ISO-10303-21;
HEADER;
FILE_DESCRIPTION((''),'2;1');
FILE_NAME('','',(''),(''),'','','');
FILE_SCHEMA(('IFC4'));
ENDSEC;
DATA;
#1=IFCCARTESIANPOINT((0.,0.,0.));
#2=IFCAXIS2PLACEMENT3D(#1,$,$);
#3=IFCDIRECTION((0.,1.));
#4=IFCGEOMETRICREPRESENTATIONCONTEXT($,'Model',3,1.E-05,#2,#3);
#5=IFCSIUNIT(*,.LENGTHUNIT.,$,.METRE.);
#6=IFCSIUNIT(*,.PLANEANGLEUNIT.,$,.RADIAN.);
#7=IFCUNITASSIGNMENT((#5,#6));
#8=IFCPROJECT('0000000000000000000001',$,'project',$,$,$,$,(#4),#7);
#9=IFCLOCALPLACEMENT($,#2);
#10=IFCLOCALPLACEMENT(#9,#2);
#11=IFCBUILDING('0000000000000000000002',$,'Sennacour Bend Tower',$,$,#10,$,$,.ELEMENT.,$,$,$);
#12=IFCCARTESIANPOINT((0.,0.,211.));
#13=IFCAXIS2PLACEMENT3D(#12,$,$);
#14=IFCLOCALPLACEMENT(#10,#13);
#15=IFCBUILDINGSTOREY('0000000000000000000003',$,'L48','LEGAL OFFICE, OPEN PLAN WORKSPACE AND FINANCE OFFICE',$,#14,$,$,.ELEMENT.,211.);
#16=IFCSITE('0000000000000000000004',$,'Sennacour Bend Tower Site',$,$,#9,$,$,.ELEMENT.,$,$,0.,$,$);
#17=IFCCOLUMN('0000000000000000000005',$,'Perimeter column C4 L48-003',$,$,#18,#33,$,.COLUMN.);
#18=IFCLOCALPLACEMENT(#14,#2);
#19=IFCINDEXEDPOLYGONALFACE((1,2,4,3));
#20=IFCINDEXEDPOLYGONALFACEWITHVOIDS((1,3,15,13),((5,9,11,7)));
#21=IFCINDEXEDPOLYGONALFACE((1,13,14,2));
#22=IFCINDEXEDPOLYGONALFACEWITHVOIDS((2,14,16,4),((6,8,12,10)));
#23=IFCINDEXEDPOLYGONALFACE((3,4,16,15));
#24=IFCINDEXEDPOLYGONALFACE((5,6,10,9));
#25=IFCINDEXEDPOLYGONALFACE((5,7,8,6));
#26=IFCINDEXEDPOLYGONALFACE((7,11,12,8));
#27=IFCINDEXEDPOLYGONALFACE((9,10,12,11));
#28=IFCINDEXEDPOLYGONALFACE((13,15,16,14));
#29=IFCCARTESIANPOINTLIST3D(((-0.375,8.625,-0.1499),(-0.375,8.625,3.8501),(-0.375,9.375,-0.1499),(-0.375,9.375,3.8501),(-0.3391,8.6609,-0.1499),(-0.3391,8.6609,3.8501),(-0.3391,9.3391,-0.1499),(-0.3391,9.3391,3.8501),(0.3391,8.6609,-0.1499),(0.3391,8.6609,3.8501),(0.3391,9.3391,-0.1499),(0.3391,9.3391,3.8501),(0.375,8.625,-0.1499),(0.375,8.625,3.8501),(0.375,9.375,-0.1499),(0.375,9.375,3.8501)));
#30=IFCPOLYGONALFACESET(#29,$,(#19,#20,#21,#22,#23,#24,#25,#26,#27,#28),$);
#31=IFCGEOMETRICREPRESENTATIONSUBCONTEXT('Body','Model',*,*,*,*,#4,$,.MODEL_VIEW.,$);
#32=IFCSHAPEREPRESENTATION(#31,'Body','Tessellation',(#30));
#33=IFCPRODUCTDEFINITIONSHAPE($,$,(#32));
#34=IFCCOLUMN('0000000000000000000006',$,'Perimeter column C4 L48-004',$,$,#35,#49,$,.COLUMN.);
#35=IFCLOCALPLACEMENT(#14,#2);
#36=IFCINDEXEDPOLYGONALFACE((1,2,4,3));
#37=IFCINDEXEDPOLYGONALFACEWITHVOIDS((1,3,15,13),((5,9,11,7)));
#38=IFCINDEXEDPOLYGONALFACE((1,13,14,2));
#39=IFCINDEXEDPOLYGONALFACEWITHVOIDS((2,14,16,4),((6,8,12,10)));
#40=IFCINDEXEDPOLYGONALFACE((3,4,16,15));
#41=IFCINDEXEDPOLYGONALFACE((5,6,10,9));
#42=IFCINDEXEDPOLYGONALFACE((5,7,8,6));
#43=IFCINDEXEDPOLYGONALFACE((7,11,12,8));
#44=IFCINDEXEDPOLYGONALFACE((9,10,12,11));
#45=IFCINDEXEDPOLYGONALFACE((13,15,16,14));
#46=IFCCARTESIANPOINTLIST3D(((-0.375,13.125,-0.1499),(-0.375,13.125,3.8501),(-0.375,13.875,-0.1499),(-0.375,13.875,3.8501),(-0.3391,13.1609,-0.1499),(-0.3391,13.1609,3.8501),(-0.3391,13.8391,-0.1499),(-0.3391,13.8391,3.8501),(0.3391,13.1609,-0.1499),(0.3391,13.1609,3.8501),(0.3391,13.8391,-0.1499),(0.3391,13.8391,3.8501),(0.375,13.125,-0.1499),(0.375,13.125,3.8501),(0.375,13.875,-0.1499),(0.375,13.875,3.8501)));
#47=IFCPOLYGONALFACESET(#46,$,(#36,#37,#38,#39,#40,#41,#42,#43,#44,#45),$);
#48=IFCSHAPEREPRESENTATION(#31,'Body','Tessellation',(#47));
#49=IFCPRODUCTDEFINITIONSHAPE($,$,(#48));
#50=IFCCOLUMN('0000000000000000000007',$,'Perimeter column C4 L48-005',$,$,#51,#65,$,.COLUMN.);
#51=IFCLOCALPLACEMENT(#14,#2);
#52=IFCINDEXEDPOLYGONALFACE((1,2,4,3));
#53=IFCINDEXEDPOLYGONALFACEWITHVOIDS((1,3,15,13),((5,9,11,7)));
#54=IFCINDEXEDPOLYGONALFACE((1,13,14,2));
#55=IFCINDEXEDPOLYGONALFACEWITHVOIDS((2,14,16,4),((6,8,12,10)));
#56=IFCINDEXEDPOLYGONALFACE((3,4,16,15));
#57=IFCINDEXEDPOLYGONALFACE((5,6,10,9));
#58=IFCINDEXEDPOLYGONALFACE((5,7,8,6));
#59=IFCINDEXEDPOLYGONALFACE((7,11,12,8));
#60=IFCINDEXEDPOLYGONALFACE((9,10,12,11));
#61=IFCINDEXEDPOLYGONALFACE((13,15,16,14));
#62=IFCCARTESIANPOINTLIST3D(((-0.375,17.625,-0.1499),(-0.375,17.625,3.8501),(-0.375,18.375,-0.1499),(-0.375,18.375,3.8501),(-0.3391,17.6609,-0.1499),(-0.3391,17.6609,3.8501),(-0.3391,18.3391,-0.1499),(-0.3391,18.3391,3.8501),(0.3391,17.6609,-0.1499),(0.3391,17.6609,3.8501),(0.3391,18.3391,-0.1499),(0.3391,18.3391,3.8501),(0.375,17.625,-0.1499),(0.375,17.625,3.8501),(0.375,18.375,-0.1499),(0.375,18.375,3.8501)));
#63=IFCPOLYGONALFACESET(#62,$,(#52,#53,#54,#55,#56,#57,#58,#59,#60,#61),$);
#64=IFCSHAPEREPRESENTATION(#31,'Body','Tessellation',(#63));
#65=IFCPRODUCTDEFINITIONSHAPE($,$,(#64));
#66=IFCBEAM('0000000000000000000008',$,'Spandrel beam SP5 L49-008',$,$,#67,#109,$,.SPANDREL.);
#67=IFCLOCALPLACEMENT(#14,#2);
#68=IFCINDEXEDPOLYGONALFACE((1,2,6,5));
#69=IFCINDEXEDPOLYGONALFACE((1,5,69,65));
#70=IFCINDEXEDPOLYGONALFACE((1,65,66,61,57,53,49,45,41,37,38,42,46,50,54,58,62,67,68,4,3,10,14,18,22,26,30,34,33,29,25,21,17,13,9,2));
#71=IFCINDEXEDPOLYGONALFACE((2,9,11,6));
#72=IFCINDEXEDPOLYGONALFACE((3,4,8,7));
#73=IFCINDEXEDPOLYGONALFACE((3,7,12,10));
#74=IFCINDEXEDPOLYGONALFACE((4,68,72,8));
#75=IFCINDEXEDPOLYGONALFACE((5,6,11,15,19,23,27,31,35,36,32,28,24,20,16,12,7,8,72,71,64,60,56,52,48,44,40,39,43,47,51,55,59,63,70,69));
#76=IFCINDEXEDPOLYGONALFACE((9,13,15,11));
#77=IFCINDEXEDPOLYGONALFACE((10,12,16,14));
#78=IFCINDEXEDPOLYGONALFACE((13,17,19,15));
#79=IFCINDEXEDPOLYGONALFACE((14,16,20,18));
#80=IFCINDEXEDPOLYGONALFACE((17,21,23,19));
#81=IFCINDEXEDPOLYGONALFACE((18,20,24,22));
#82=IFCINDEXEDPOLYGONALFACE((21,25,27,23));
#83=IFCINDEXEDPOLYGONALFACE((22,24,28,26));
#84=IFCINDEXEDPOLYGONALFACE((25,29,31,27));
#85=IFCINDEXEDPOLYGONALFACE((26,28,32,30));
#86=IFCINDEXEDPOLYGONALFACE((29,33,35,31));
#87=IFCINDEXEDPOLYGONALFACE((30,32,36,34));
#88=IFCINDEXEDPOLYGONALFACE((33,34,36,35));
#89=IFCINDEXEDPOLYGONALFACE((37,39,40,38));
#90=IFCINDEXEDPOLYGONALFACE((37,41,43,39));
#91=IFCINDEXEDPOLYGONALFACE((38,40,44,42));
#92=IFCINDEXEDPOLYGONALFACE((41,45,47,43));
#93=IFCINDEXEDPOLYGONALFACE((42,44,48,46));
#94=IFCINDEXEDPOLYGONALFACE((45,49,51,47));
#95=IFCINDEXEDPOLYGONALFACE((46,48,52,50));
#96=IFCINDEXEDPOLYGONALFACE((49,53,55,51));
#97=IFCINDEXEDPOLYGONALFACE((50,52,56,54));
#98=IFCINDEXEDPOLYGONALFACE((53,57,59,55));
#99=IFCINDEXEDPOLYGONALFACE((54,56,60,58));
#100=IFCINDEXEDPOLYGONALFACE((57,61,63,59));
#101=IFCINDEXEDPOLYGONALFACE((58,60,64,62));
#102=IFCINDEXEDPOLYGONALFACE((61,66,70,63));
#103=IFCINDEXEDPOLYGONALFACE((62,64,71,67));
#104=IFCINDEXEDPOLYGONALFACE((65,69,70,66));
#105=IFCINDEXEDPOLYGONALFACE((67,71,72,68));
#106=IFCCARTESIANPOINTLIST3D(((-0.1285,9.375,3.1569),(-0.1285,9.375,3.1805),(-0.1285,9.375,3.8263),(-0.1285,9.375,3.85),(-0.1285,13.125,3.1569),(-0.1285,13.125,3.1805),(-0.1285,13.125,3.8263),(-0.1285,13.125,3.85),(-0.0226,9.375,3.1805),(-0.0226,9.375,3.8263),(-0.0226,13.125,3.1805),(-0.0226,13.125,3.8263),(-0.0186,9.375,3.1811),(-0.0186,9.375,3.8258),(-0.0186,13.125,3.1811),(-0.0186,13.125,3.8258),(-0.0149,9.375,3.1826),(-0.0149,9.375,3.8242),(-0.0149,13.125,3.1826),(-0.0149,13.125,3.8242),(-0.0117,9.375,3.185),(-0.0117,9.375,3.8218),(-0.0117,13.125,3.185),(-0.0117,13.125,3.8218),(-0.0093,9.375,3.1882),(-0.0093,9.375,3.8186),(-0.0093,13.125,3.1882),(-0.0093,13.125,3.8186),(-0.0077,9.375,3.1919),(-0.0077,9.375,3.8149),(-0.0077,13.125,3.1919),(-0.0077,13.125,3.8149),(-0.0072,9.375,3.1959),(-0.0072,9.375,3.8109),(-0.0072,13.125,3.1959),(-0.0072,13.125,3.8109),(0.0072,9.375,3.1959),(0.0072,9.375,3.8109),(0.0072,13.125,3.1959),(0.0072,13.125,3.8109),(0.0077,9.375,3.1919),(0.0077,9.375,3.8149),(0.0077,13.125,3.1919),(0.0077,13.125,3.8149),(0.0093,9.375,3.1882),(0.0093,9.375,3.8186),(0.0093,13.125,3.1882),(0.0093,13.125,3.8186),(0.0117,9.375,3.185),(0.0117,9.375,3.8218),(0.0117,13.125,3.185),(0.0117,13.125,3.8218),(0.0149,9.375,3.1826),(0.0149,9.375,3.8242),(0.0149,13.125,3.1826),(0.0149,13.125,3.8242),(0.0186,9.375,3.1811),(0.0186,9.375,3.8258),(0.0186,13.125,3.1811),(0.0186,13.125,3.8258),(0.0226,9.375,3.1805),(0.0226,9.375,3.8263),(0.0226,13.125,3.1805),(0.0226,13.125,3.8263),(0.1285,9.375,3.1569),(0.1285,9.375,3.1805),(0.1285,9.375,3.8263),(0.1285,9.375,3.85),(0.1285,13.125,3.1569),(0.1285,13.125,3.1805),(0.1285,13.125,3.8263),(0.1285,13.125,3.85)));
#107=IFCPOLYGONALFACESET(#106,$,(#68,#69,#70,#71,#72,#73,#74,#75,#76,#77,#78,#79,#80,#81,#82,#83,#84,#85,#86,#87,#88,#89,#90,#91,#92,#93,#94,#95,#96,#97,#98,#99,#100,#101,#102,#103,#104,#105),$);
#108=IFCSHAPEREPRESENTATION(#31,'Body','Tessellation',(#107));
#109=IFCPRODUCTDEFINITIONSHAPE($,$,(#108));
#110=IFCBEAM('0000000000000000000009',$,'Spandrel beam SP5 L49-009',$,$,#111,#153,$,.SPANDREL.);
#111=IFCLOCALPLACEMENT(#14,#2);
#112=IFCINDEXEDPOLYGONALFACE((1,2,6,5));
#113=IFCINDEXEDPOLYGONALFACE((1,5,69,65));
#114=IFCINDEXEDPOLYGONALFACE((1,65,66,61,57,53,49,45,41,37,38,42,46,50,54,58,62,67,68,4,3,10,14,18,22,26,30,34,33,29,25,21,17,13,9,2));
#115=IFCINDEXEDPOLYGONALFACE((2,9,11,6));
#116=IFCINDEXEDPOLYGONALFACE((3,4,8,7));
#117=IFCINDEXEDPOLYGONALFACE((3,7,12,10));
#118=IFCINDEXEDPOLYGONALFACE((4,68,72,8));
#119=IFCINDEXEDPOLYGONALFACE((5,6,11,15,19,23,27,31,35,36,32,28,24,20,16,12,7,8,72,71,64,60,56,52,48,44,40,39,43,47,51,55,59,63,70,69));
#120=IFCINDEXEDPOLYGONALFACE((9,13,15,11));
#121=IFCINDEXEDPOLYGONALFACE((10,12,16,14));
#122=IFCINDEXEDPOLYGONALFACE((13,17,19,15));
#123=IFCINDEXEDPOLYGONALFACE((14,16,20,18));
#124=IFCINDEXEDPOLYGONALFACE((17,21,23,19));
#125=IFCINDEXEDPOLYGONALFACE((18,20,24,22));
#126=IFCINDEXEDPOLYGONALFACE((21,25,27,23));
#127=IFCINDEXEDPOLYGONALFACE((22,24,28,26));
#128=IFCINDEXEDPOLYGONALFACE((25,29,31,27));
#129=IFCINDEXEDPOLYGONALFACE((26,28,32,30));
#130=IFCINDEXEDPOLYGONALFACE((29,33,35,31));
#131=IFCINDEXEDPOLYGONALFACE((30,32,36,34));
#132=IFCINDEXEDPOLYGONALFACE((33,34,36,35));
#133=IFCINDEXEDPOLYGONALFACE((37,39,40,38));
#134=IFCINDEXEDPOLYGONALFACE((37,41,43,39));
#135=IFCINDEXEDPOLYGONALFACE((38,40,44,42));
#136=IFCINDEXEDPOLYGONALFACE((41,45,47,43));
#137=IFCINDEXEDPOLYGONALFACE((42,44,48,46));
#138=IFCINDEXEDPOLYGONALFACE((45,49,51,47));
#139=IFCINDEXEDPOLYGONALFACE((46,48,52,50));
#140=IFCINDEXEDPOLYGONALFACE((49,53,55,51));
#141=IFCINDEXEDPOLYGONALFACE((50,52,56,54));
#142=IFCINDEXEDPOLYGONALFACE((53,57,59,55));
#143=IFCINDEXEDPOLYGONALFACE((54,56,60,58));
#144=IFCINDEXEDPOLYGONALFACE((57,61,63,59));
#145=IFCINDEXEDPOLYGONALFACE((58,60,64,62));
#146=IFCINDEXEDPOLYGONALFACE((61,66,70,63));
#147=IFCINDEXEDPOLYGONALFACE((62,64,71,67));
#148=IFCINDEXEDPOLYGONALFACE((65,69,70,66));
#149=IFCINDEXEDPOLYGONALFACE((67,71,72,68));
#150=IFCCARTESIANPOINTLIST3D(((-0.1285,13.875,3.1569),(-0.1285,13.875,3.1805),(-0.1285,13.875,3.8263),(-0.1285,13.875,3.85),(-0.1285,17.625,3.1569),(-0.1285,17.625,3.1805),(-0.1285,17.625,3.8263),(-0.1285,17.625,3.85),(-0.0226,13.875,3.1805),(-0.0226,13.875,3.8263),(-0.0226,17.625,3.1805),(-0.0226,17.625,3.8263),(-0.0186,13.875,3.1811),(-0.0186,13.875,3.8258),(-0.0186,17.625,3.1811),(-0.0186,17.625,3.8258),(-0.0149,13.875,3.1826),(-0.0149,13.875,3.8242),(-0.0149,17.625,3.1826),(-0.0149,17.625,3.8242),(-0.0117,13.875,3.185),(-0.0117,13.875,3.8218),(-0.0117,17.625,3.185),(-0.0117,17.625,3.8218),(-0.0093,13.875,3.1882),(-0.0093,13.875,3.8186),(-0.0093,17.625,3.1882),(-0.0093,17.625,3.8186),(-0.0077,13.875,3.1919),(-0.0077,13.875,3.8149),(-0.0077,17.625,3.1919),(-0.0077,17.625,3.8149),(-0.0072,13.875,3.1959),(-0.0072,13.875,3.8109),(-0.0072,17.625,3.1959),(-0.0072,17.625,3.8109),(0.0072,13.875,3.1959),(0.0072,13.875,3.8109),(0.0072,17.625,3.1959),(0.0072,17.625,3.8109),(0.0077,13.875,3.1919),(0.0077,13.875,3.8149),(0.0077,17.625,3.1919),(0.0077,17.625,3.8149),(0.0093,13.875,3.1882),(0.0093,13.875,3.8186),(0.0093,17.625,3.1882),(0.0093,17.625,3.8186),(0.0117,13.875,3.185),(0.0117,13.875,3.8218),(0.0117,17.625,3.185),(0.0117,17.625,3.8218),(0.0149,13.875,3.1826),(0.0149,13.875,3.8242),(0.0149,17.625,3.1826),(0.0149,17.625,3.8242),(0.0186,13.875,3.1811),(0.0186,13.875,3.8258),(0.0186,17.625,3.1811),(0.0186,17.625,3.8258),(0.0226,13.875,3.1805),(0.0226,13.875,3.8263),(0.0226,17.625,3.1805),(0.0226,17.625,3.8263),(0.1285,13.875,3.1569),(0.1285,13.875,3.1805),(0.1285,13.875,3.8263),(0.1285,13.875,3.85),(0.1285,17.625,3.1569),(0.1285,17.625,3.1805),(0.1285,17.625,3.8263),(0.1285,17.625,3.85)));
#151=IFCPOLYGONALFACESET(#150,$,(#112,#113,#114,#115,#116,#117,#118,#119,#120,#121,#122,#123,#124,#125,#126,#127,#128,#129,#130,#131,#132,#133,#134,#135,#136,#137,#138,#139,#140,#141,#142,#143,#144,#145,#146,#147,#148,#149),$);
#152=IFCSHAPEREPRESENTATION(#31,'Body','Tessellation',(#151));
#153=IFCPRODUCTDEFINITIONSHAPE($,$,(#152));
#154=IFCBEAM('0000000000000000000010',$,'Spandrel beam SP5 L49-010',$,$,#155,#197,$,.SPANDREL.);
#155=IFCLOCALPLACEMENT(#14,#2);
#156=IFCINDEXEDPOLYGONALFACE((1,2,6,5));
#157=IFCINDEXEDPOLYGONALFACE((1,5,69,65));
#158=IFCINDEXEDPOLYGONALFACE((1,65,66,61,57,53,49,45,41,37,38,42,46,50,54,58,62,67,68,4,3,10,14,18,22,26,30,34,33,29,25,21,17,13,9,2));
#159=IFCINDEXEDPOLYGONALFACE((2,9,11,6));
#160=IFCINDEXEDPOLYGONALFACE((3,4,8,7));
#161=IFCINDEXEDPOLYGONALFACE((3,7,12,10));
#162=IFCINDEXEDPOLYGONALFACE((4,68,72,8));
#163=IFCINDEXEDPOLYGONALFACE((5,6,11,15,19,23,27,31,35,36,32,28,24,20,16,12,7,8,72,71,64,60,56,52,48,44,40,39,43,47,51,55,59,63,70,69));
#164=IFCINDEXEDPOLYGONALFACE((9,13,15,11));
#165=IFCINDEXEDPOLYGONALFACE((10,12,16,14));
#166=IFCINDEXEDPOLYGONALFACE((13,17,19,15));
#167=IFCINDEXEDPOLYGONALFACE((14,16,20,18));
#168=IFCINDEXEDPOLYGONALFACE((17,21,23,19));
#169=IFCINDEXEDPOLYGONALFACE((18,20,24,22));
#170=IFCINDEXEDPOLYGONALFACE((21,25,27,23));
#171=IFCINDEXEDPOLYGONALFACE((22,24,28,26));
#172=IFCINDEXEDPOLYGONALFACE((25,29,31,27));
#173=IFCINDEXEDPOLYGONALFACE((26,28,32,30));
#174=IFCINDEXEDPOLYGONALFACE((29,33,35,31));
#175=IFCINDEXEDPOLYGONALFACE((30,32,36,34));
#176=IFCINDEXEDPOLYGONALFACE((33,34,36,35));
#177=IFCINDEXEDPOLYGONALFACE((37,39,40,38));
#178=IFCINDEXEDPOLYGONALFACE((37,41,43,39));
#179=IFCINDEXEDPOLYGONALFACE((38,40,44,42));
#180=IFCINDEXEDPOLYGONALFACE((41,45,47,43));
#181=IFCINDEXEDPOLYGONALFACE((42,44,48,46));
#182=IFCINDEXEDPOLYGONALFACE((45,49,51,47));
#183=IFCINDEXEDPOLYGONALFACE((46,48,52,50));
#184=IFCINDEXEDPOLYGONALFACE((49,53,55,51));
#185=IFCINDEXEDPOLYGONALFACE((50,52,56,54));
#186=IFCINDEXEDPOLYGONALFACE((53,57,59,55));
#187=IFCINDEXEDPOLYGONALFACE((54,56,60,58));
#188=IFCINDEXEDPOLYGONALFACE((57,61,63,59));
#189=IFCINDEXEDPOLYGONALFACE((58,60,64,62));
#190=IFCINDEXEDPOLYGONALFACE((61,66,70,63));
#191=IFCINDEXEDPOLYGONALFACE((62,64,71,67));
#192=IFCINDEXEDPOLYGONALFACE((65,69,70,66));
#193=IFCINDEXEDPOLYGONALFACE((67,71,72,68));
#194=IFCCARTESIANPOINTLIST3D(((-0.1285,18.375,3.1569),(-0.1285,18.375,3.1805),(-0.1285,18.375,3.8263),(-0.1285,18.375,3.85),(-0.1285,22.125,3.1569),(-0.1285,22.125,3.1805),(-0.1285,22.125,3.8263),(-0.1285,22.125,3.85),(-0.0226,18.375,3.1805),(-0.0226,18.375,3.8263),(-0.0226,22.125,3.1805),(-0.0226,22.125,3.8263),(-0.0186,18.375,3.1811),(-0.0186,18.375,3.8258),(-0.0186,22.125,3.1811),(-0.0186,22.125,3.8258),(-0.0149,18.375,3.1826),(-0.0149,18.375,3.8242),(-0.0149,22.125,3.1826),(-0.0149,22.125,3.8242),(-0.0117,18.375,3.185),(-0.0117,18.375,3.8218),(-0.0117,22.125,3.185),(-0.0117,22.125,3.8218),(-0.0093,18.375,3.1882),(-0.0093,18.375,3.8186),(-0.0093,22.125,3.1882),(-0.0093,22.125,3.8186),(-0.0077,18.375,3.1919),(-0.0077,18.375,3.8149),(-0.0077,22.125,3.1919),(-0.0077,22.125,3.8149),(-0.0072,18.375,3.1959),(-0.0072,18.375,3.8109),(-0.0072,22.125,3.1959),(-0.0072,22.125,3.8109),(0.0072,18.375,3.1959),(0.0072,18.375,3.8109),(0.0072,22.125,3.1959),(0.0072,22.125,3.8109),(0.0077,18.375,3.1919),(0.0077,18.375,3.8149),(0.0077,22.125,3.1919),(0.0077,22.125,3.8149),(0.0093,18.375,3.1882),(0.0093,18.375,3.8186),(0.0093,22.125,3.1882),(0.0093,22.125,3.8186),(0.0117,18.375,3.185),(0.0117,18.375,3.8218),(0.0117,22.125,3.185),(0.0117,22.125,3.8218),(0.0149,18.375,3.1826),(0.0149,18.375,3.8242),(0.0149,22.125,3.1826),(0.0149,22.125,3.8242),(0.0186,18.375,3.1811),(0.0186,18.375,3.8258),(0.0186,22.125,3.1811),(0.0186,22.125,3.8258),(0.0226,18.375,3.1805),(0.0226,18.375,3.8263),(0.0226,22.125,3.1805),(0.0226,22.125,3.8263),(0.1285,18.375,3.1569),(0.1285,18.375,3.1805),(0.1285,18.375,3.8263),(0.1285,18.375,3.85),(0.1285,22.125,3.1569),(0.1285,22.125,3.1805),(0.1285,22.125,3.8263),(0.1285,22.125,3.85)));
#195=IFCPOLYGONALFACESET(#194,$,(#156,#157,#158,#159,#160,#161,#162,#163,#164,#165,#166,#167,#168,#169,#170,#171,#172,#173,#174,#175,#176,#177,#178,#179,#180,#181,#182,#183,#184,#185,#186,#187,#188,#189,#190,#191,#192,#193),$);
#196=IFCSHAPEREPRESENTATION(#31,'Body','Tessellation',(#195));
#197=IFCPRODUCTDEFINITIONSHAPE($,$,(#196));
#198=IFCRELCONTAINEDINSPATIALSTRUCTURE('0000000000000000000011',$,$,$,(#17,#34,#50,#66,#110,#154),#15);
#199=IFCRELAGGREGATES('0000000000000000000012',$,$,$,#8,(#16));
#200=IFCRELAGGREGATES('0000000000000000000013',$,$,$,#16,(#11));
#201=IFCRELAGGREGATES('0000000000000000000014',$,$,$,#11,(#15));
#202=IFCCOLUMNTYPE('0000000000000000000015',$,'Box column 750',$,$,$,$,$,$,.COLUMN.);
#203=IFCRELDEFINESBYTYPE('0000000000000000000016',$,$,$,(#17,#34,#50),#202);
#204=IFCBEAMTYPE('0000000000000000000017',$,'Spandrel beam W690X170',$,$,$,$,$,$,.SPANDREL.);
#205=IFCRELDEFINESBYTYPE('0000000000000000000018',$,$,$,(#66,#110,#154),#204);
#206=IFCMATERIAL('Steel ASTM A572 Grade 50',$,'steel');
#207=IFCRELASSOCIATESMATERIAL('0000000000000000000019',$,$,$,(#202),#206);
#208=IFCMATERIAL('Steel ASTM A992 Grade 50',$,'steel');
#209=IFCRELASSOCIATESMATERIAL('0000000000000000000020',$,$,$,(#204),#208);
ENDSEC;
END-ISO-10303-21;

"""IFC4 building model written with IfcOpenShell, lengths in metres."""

from ifc_helpers import new_model, si_unit, direction, frame, origin, origin_2d, place, context, subcontext, project, spatial, hollow_rectangle, i_section, extrude, material, material_profile, profile_set, type_object, element, save


model = new_model("IFC4")

# Units and contexts
model_context = context("Model", 3, precision=1e-05, world=origin(), true_north=direction((0.0, 1.0)))
body_context = subcontext(model_context, "Body", "Model", "MODEL_VIEW")
ifc_project = project(units=[si_unit("LENGTHUNIT", "METRE"), si_unit("PLANEANGLEUNIT", "RADIAN")], contexts=[model_context])

# Site, building, storey
site_placement = place(None, origin())
site = spatial("IfcSite", under=ifc_project, at=site_placement, Name="Sennacour Bend Tower Site", CompositionType="ELEMENT", RefElevation=0.0)
building_placement = place(site_placement, origin())
building = spatial("IfcBuilding", under=site, at=building_placement, Name="Sennacour Bend Tower", CompositionType="ELEMENT")
storey_placement = place(building_placement, frame((0.0, 0.0, 211.0)))
storey = spatial("IfcBuildingStorey", under=building, at=storey_placement, Name="L48", Description="LEGAL OFFICE, OPEN PLAN WORKSPACE AND FINANCE OFFICE", CompositionType="ELEMENT", Elevation=211.0)

# Columns
ifc_material_1 = material(Name="Steel ASTM A572 Grade 50", Category="steel")
ifc_material_profile_1 = material_profile(ifc_material_1, hollow_rectangle(XDim=0.75, YDim=0.75, WallThickness=0.0359, at=origin_2d()), Name="Steel ASTM A572 Grade 50", Category="steel")
ifc_profile_set_1 = profile_set([ifc_material_profile_1], Name="Steel ASTM A572 Grade 50")
column_type = type_object("IfcColumnType", Name="Box column 750", PredefinedType="COLUMN", material=ifc_profile_set_1)
for number, where, z_axis, x_axis, name in (
    (1, (0.0, 9.0, -0.1499), (0.0, 0.0, 1.0), (1.0, 0.0, 0.0), "Perimeter column C4 L48-003"),
    (2, (0.0, 13.5, -0.1499), (0.0, 0.0, 1.0), (1.0, 0.0, 0.0), "Perimeter column C4 L48-004"),
    (3, (0.0, 18.0, -0.1499), (0.0, 0.0, 1.0), (1.0, 0.0, 0.0), "Perimeter column C4 L48-005"),
):
    element("IfcColumn", number, at=place(storey_placement, frame(where, z_axis=z_axis, x_axis=x_axis)), inside=storey, type_object=column_type, Name=name, PredefinedType="COLUMN", context=body_context, shape_type="SweptSolid", body=[
        extrude(hollow_rectangle(XDim=0.75, YDim=0.75, WallThickness=0.0359, at=origin_2d()), origin(), (0.0, 0.0, 1.0), 4.0),
    ])

# Beams
ifc_material_2 = material(Name="Steel ASTM A992 Grade 50", Category="steel")
ifc_material_profile_2 = material_profile(ifc_material_2, i_section(OverallWidth=0.2571, OverallDepth=0.6931, WebThickness=0.0144, FlangeThickness=0.0237, FilletRadius=0.0154, at=origin_2d()), Name="Steel ASTM A992 Grade 50", Category="steel")
ifc_profile_set_2 = profile_set([ifc_material_profile_2], Name="Steel ASTM A992 Grade 50")
beam_type = type_object("IfcBeamType", Name="Spandrel beam W690X170", PredefinedType="SPANDREL", material=ifc_profile_set_2)
for number, where, z_axis, x_axis, name in (
    (4, (0.0, 9.375, 3.5034), (0.0, 1.0, 0.0), (-1.0, 0.0, 0.0), "Spandrel beam SP5 L49-008"),
    (5, (0.0, 13.875, 3.5034), (0.0, 1.0, 0.0), (-1.0, 0.0, 0.0), "Spandrel beam SP5 L49-009"),
    (6, (0.0, 18.375, 3.5034), (0.0, 1.0, 0.0), (-1.0, 0.0, 0.0), "Spandrel beam SP5 L49-010"),
):
    element("IfcBeam", number, at=place(storey_placement, frame(where, z_axis=z_axis, x_axis=x_axis)), inside=storey, type_object=beam_type, Name=name, PredefinedType="SPANDREL", context=body_context, shape_type="SweptSolid", body=[
        extrude(i_section(OverallWidth=0.2571, OverallDepth=0.6931, WebThickness=0.0144, FlangeThickness=0.0237, FilletRadius=0.0154, at=origin_2d()), origin(), (0.0, 0.0, 1.0), 3.75),
    ])

save(model, "model.ifc")
